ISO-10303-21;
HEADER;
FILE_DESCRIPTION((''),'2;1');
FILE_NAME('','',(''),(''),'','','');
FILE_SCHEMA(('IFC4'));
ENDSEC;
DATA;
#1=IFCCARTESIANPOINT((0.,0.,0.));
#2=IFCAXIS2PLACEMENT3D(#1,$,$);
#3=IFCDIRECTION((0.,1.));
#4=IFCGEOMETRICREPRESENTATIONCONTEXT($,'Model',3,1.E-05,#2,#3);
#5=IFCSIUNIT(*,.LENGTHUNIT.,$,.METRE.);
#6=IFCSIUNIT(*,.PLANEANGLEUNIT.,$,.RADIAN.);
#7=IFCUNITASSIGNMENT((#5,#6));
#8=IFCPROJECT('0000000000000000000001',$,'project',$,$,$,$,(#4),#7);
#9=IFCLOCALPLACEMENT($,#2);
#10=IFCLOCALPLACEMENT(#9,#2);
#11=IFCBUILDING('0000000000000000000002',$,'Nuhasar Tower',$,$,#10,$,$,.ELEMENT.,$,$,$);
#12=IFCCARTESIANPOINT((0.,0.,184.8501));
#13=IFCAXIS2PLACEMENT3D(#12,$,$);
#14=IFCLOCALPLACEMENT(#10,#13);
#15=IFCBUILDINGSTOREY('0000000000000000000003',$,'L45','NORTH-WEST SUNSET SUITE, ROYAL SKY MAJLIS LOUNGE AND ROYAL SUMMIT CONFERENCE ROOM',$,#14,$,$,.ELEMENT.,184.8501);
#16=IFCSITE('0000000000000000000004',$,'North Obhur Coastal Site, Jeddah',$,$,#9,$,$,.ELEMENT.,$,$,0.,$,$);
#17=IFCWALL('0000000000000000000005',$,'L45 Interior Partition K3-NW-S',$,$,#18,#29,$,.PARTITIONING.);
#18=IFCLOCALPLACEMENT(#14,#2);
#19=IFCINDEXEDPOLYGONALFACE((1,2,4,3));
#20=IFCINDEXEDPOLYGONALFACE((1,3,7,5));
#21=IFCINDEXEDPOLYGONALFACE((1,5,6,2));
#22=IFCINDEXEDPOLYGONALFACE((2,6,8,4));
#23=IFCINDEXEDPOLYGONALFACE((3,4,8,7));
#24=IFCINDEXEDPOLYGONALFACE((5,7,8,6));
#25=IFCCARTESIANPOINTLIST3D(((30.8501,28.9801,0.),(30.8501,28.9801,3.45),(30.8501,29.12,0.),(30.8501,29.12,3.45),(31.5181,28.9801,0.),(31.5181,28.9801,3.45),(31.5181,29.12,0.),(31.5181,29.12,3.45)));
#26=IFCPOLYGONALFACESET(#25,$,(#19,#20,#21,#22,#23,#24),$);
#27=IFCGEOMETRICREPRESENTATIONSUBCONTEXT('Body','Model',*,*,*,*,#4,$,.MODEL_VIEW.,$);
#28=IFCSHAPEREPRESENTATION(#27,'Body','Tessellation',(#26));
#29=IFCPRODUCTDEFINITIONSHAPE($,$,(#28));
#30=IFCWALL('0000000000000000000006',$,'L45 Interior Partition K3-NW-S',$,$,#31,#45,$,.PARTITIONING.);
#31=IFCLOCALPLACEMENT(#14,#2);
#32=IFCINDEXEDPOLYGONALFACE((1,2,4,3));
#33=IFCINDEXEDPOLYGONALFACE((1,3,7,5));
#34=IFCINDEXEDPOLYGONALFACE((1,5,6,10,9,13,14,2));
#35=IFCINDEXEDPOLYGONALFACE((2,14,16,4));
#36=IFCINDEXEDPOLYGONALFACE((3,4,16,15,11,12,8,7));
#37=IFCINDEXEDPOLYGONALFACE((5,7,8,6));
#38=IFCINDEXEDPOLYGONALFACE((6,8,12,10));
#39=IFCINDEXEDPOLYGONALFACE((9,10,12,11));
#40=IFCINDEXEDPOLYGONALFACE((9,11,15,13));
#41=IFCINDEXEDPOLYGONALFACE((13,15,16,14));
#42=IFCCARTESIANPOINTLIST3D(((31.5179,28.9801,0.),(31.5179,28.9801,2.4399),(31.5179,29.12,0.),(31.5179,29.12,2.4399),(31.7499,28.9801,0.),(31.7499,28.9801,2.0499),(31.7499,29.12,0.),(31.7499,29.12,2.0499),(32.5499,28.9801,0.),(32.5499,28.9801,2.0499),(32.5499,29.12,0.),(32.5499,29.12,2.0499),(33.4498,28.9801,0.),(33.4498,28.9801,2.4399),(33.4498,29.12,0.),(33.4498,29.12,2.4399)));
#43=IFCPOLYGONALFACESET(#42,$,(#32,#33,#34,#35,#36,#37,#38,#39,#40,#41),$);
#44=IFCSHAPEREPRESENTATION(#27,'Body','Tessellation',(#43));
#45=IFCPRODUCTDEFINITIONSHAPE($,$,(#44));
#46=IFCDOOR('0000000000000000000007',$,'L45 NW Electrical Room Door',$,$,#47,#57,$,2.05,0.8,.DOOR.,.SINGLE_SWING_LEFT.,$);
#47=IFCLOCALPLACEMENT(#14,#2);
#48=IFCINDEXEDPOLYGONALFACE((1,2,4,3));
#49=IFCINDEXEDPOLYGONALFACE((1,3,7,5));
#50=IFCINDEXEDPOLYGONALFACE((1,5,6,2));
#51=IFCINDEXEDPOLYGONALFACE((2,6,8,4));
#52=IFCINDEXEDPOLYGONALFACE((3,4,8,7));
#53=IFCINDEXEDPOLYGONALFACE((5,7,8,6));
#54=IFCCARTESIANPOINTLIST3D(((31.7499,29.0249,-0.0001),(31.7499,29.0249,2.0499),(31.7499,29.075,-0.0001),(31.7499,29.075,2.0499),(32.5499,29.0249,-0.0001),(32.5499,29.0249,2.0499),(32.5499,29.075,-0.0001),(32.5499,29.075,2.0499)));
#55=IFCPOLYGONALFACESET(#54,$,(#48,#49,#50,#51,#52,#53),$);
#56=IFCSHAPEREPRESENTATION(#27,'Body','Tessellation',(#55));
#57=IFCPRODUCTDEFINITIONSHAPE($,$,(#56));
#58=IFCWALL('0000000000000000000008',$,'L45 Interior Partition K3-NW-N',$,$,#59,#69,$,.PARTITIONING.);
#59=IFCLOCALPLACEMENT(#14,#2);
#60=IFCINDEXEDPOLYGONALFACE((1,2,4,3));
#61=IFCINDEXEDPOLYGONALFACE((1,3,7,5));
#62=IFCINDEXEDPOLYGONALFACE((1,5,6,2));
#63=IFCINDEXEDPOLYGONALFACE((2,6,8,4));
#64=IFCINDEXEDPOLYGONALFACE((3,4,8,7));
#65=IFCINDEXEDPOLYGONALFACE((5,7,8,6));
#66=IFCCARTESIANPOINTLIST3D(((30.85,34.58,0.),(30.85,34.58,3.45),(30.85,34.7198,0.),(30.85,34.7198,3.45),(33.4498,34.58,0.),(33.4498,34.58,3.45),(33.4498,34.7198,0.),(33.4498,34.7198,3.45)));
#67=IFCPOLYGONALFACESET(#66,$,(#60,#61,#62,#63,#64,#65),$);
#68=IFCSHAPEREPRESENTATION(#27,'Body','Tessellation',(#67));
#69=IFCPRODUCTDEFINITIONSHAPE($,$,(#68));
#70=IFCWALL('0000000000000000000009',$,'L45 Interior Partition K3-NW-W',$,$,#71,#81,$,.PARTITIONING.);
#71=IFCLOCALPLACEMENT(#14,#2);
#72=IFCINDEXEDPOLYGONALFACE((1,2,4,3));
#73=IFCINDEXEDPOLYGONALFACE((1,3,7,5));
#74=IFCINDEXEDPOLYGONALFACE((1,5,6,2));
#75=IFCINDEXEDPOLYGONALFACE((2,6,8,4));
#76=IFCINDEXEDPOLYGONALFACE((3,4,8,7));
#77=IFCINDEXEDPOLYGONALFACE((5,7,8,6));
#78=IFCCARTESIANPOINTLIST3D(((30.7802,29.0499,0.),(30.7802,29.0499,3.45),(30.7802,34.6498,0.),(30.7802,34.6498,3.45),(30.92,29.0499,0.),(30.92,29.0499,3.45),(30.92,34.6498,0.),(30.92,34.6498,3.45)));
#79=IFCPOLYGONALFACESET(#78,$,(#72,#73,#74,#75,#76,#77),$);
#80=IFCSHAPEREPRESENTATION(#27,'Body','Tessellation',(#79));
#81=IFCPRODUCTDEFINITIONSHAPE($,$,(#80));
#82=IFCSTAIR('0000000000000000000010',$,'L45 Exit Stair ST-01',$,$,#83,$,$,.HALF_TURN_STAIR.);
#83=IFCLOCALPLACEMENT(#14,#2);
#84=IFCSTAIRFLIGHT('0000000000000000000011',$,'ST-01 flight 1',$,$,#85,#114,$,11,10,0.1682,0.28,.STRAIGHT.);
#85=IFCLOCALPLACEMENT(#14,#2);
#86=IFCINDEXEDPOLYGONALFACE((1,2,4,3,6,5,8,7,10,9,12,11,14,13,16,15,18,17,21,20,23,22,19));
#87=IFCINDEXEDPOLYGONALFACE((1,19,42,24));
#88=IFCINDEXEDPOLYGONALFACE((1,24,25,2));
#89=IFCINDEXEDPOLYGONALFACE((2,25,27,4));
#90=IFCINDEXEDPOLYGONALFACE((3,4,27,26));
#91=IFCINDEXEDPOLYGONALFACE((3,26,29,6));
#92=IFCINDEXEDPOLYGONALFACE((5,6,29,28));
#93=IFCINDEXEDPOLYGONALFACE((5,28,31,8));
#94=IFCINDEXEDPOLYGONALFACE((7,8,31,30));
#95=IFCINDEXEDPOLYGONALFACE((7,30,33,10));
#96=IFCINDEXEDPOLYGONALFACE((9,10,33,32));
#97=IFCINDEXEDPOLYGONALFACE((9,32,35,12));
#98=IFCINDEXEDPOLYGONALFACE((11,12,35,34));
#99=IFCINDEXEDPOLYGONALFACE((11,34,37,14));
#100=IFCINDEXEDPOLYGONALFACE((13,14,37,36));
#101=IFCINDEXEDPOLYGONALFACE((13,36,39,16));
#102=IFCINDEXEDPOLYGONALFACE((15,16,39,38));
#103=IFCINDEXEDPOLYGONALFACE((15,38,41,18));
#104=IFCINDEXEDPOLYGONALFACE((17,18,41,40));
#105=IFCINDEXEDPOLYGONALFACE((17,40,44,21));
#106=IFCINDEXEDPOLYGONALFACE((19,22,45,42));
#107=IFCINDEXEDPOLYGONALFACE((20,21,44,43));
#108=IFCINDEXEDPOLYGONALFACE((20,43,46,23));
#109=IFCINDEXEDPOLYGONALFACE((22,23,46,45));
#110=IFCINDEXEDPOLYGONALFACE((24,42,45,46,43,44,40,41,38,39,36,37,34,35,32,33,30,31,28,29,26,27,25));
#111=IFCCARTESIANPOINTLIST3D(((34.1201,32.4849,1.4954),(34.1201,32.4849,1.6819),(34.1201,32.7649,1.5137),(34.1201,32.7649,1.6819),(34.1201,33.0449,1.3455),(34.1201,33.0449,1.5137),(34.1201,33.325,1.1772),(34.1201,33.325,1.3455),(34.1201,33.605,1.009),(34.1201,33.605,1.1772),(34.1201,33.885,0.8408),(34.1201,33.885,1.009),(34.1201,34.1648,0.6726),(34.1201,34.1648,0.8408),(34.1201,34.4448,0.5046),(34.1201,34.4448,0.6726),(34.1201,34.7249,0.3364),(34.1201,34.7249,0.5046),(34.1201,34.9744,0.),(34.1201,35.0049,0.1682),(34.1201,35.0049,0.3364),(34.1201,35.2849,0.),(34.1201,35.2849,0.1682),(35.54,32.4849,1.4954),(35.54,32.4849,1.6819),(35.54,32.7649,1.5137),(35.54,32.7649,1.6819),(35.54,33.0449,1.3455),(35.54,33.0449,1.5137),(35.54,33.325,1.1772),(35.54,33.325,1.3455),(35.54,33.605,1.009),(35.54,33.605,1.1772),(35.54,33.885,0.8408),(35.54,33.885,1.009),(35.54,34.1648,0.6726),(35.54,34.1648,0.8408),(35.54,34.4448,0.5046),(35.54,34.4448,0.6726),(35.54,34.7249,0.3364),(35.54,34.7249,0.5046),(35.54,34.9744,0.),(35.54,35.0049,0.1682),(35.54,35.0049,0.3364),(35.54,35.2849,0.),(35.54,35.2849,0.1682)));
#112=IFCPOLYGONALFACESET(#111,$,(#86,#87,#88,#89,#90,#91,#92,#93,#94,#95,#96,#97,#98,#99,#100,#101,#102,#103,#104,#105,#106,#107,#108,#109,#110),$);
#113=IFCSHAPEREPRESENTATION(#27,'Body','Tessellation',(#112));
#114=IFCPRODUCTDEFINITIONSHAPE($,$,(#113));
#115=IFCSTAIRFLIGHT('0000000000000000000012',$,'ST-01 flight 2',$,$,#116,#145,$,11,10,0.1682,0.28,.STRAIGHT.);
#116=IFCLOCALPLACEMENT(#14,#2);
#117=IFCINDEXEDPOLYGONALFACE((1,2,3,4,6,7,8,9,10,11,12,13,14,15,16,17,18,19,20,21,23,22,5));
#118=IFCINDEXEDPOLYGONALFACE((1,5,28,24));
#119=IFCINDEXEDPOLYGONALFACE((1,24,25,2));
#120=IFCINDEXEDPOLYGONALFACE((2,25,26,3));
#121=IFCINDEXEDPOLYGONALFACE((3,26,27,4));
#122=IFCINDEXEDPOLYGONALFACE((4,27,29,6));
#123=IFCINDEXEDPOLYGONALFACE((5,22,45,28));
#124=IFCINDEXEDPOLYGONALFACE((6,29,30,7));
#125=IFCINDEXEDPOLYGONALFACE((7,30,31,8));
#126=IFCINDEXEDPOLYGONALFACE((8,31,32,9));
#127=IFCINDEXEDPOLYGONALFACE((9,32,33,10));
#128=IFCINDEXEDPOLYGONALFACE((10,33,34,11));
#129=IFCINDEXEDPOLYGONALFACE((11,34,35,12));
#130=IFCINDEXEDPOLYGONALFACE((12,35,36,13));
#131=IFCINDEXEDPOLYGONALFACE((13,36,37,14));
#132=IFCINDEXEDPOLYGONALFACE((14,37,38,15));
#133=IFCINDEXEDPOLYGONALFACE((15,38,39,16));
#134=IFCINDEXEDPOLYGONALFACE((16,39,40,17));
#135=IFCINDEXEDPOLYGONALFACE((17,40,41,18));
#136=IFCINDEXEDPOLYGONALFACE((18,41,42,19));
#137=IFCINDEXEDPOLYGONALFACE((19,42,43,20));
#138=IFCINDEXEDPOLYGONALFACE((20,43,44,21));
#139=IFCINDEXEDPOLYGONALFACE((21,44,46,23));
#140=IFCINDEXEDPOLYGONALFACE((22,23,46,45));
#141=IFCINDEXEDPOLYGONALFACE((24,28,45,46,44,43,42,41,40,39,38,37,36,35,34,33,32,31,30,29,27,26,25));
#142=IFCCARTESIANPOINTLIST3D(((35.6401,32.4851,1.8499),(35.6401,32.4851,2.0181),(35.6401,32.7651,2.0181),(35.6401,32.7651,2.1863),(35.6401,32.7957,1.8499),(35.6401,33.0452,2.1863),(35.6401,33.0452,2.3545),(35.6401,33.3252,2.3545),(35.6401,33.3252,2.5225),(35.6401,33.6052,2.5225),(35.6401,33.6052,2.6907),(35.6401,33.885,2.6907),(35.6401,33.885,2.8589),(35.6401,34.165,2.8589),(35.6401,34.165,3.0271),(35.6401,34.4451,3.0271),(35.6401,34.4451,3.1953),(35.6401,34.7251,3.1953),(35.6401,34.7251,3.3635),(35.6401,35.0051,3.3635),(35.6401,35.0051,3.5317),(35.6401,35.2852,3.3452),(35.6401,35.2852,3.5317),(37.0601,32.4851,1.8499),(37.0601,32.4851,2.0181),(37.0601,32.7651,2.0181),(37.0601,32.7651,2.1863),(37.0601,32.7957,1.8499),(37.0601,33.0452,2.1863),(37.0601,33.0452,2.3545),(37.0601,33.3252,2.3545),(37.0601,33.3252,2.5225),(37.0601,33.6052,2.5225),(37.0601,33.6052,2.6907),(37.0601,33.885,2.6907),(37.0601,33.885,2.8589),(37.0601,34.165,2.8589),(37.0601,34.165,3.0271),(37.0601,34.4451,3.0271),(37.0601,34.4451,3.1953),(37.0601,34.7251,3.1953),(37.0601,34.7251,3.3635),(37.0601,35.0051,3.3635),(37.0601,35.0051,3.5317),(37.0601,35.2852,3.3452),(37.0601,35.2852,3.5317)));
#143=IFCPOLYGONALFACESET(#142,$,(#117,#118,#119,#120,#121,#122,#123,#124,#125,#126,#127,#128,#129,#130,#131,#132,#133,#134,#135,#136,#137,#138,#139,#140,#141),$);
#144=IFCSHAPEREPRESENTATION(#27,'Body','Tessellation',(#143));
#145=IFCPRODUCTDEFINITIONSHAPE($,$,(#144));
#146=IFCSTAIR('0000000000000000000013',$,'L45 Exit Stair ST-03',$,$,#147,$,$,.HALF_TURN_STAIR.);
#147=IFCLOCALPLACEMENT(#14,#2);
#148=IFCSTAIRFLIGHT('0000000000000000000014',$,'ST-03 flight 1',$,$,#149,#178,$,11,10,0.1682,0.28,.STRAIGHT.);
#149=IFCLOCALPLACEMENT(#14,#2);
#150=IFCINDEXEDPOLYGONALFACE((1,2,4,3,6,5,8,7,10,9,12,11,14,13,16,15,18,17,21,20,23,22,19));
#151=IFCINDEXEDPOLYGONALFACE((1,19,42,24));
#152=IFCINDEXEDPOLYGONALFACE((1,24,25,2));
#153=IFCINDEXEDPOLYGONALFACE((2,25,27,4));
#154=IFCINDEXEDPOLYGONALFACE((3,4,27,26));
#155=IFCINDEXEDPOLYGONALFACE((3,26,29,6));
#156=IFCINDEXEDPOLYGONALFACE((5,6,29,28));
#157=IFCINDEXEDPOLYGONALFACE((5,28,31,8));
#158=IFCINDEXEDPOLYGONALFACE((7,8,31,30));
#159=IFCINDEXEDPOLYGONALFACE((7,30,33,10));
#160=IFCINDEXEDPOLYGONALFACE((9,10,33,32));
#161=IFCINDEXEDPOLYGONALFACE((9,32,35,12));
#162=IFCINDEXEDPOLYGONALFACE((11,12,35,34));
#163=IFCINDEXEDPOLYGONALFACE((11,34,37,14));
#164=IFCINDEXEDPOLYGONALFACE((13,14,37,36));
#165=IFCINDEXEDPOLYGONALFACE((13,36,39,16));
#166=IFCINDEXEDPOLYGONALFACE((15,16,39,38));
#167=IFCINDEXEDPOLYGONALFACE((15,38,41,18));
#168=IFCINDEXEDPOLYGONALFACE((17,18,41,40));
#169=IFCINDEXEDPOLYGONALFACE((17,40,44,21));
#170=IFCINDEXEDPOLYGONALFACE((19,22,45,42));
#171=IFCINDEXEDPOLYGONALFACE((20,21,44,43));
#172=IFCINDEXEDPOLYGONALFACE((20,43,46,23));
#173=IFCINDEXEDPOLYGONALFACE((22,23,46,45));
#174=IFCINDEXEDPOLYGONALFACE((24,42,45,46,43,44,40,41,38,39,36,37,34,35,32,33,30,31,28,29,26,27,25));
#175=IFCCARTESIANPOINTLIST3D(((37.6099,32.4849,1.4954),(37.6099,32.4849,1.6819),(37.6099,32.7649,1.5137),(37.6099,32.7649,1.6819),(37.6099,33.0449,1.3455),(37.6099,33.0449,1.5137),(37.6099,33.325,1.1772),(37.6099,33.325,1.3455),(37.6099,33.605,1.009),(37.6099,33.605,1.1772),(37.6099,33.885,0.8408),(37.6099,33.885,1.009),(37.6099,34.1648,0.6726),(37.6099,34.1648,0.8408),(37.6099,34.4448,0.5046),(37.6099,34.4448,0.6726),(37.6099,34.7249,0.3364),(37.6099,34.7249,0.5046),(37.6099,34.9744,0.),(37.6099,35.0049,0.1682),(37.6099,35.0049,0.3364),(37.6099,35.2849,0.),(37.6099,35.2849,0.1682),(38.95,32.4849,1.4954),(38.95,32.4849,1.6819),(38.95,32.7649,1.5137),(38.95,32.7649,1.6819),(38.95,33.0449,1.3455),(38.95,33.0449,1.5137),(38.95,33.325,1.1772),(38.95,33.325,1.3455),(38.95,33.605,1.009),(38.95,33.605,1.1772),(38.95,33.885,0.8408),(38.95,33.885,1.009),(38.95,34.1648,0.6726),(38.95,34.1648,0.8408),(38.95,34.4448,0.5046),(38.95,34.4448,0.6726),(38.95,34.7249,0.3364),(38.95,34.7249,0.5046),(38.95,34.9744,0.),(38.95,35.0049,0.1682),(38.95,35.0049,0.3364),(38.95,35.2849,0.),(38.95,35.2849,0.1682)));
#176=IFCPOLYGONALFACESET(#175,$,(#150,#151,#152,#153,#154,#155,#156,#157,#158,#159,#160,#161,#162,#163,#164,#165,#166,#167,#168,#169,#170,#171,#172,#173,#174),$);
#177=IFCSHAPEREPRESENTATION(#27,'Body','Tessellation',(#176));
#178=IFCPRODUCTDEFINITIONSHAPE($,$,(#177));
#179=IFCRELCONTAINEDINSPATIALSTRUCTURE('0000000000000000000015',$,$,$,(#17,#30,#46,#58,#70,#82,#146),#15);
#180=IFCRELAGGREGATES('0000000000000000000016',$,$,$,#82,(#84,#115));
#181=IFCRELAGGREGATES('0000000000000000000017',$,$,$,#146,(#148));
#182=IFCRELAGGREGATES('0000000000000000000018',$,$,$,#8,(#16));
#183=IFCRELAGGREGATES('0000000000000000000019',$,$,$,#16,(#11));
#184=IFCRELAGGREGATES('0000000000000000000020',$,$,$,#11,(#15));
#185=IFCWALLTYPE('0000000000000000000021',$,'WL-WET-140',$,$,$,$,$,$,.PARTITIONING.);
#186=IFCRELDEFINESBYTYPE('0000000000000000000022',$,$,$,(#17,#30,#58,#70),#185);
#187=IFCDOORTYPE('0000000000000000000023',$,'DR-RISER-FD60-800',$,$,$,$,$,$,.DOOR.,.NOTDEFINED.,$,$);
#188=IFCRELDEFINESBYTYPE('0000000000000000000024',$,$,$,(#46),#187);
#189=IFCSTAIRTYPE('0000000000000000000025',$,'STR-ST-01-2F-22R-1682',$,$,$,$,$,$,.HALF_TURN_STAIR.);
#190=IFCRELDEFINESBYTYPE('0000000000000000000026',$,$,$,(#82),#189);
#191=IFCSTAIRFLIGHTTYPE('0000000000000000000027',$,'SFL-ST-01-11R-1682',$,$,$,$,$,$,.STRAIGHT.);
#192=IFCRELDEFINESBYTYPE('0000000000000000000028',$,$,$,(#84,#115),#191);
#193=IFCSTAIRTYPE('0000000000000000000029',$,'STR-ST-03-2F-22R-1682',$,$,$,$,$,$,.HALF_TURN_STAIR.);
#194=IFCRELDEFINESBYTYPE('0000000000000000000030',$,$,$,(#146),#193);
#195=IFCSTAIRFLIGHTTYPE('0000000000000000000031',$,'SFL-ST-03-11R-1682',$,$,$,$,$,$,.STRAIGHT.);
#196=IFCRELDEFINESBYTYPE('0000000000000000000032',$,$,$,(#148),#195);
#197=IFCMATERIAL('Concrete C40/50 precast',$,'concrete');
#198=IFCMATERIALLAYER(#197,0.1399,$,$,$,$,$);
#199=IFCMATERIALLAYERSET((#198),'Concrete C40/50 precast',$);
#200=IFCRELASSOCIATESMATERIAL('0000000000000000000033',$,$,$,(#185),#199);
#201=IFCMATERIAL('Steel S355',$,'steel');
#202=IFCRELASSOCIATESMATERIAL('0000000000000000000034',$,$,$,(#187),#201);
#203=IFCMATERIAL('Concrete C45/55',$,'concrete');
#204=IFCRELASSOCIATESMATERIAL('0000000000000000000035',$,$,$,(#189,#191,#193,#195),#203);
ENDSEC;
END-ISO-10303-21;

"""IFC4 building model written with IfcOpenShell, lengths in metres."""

from ifc_helpers import new_model, si_unit, direction, frame, frame_2d, origin, place, context, subcontext, project, spatial, polyline, rectangle, outline, extrude, material, layer, layer_set, type_object, element, fill, aggregate, save


model = new_model("IFC4")

# Units and contexts
model_context = context("Model", 3, precision=1e-05, world=origin(), true_north=direction((0.0, 1.0)))
body_context = subcontext(model_context, "Body", "Model", "MODEL_VIEW")
ifc_project = project(units=[si_unit("LENGTHUNIT", "METRE"), si_unit("PLANEANGLEUNIT", "RADIAN")], contexts=[model_context])

# Site, building, storey
site_placement = place(None, origin())
site = spatial("IfcSite", under=ifc_project, at=site_placement, Name="North Obhur Coastal Site, Jeddah", CompositionType="ELEMENT", RefElevation=0.0)
building_placement = place(site_placement, origin())
building = spatial("IfcBuilding", under=site, at=building_placement, Name="Nuhasar Tower", CompositionType="ELEMENT")
storey_placement = place(building_placement, frame((0.0, 0.0, 184.8501)))
storey = spatial("IfcBuildingStorey", under=building, at=storey_placement, Name="L45", Description="NORTH-WEST SUNSET SUITE, ROYAL SKY MAJLIS LOUNGE AND ROYAL SUMMIT CONFERENCE ROOM", CompositionType="ELEMENT", Elevation=184.8501)

# Shared definitions
ifc_material_1 = material(Name="Steel S355", Category="steel")

# Shared definitions
ifc_material_2 = material(Name="Concrete C40/50 precast", Category="concrete")
ifc_layer_1 = layer(ifc_material_2, 0.1399)
ifc_layer_set_1 = layer_set([ifc_layer_1], Name="Concrete C40/50 precast")
wall_type_1 = type_object("IfcWallType", Name="WL-WET-140", PredefinedType="PARTITIONING", material=ifc_layer_set_1)

# Wall
wall_1_placement = place(storey_placement, frame((30.8501, 29.05, 0.0), z_axis=(0.0, 0.0, 1.0), x_axis=(1.0, 0.0, 0.0)))
element("IfcWall", 1, at=wall_1_placement, inside=storey, type_object=wall_type_1, Name="L45 Interior Partition K3-NW-S", PredefinedType="PARTITIONING", context=body_context, shape_type="SweptSolid", body=[
    extrude(rectangle(XDim=0.668, YDim=0.1399, at=frame_2d((0.334, 0.0))), origin(), (0.0, 0.0, 1.0), 3.45),
])

# Wall, opening, door
wall_2_placement = place(storey_placement, frame((31.5181, 29.05, 0.0), z_axis=(0.0, 0.0, 1.0), x_axis=(1.0, 0.0, 0.0)))
wall_2 = element("IfcWall", 2, at=wall_2_placement, inside=storey, type_object=wall_type_1, Name="L45 Interior Partition K3-NW-S", PredefinedType="PARTITIONING", context=body_context, shape_type="SweptSolid", body=[
    extrude(rectangle(XDim=1.9319, YDim=0.1399, at=frame_2d((0.9658, 0.0))), origin(), (0.0, 0.0, 1.0), 2.4399),
])
opening_1_placement = place(wall_2_placement, frame((0.2319, 0.0, 0.0)))
opening_1 = element("IfcOpeningElement", 3, at=opening_1_placement, cuts=wall_2, PredefinedType="OPENING", context=body_context, shape_type="SweptSolid", body=[
    extrude(rectangle(XDim=0.8, YDim=2.05, at=frame_2d((0.3999, 1.0249))), frame((0.0, 0.0801, 0.0), z_axis=(0.0, -1.0, 0.0), x_axis=(1.0, 0.0, 0.0)), (0.0, 0.0, 1.0), 0.1599),
])
door_type_1 = type_object("IfcDoorType", Name="DR-RISER-FD60-800", OperationType="NOTDEFINED", PredefinedType="DOOR", material=ifc_material_1)
door_1_placement = place(opening_1_placement, origin())
door_1 = element("IfcDoor", 4, at=door_1_placement, inside=storey, type_object=door_type_1, Name="L45 NW Electrical Room Door", OperationType="SINGLE_SWING_LEFT", OverallHeight=2.05, OverallWidth=0.8, PredefinedType="DOOR", context=body_context, shape_type="SweptSolid", body=[
    extrude(rectangle(XDim=0.8, YDim=2.05, at=frame_2d((0.3999, 1.0249))), frame((0.0, 0.0249, 0.0), z_axis=(0.0, -1.0, 0.0), x_axis=(1.0, 0.0, 0.0)), (0.0, 0.0, 1.0), 0.05),
])
fill(opening_1, door_1)

# Walls
wall_3_placement = place(storey_placement, frame((30.8501, 34.6499, 0.0), z_axis=(0.0, 0.0, 1.0), x_axis=(1.0, 0.0, 0.0)))
element("IfcWall", 5, at=wall_3_placement, inside=storey, type_object=wall_type_1, Name="L45 Interior Partition K3-NW-N", PredefinedType="PARTITIONING", context=body_context, shape_type="SweptSolid", body=[
    extrude(rectangle(XDim=2.5999, YDim=0.1399, at=frame_2d((1.2998, 0.0))), origin(), (0.0, 0.0, 1.0), 3.45),
])
wall_4_placement = place(storey_placement, frame((30.8501, 29.05, 0.0), z_axis=(0.0, 0.0, 1.0), x_axis=(0.0, 1.0, 0.0)))
element("IfcWall", 6, at=wall_4_placement, inside=storey, type_object=wall_type_1, Name="L45 Interior Partition K3-NW-W", PredefinedType="PARTITIONING", context=body_context, shape_type="SweptSolid", body=[
    extrude(rectangle(XDim=5.5999, YDim=0.1399, at=frame_2d((2.7998, 0.0))), origin(), (0.0, 0.0, 1.0), 3.45),
])

# Stair, stair flights
ifc_material_3 = material(Name="Concrete C45/55", Category="concrete")
stair_type_1 = type_object("IfcStairType", Name="STR-ST-01-2F-22R-1682", PredefinedType="HALF_TURN_STAIR", material=ifc_material_3)
stair_1_placement = place(storey_placement, origin())
stair_1 = element("IfcStair", 7, at=stair_1_placement, inside=storey, type_object=stair_type_1, Name="L45 Exit Stair ST-01", PredefinedType="HALF_TURN_STAIR")
stair_flight_type_1 = type_object("IfcStairFlightType", Name="SFL-ST-01-11R-1682", PredefinedType="STRAIGHT", material=ifc_material_3)
stair_flight_1_placement = place(storey_placement, frame((34.8301, 35.2849, 0.0), z_axis=(0.0, 0.0, 1.0), x_axis=(0.0, -1.0, 0.0)))
stair_flight_1 = element("IfcStairFlight", 8, at=stair_flight_1_placement, type_object=stair_flight_type_1, Name="ST-01 flight 1", NumberOfRisers=11, NumberOfTreads=10, PredefinedType="STRAIGHT", RiserHeight=0.1682, TreadLength=0.28, context=body_context, shape_type="SweptSolid", body=[
    extrude(outline(polyline([(0.0, 0.0), (0.0, 0.1682), (0.28, 0.1682), (0.28, 0.3364), (0.5601, 0.3364), (0.5601, 0.5046), (0.8401, 0.5046), (0.8401, 0.6726), (1.1201, 0.6726), (1.1201, 0.8408), (1.3999, 0.8408), (1.3999, 1.009), (1.6799, 1.009), (1.6799, 1.1772), (1.96, 1.1772), (1.96, 1.3455), (2.24, 1.3455), (2.24, 1.5137), (2.52, 1.5137), (2.52, 1.6819), (2.8, 1.6819), (2.8, 1.8501), (2.8, 1.4954), (0.3105, 0.0), (0.0, 0.0)])), frame((0.0, 0.71, 0.0), z_axis=(0.0, -1.0, 0.0), x_axis=(1.0, 0.0, 0.0)), (0.0, 0.0, 1.0), 1.4199),
])
stair_flight_2_placement = place(storey_placement, frame((36.3501, 32.4851, 1.8499), z_axis=(0.0, 0.0, 1.0), x_axis=(0.0, 1.0, 0.0)))
stair_flight_2 = element("IfcStairFlight", 9, at=stair_flight_2_placement, type_object=stair_flight_type_1, Name="ST-01 flight 2", NumberOfRisers=11, NumberOfTreads=10, PredefinedType="STRAIGHT", RiserHeight=0.1682, TreadLength=0.28, context=body_context, shape_type="SweptSolid", body=[
    extrude(outline(polyline([(0.0, 0.0), (0.0, 0.1682), (0.28, 0.1682), (0.28, 0.3364), (0.5601, 0.3364), (0.5601, 0.5046), (0.8401, 0.5046), (0.8401, 0.6726), (1.1201, 0.6726), (1.1201, 0.8408), (1.3999, 0.8408), (1.3999, 1.009), (1.6799, 1.009), (1.6799, 1.1772), (1.96, 1.1772), (1.96, 1.3455), (2.24, 1.3455), (2.24, 1.5137), (2.52, 1.5137), (2.52, 1.6819), (2.8, 1.6819), (2.8, 1.8501), (2.8, 1.4954), (0.3105, 0.0), (0.0, 0.0)])), frame((0.0, 0.71, 0.0), z_axis=(0.0, -1.0, 0.0), x_axis=(1.0, 0.0, 0.0)), (0.0, 0.0, 1.0), 1.4199),
])
aggregate(stair_1, [stair_flight_1, stair_flight_2])

# Stair, stair flight
stair_type_2 = type_object("IfcStairType", Name="STR-ST-03-2F-22R-1682", PredefinedType="HALF_TURN_STAIR", material=ifc_material_3)
stair_2_placement = place(storey_placement, origin())
stair_2 = element("IfcStair", 10, at=stair_2_placement, inside=storey, type_object=stair_type_2, Name="L45 Exit Stair ST-03", PredefinedType="HALF_TURN_STAIR")
stair_flight_type_2 = type_object("IfcStairFlightType", Name="SFL-ST-03-11R-1682", PredefinedType="STRAIGHT", material=ifc_material_3)
stair_flight_3_placement = place(storey_placement, frame((38.28, 35.2849, 0.0), z_axis=(0.0, 0.0, 1.0), x_axis=(0.0, -1.0, 0.0)))
stair_flight_3 = element("IfcStairFlight", 11, at=stair_flight_3_placement, type_object=stair_flight_type_2, Name="ST-03 flight 1", NumberOfRisers=11, NumberOfTreads=10, PredefinedType="STRAIGHT", RiserHeight=0.1682, TreadLength=0.28, context=body_context, shape_type="SweptSolid", body=[
    extrude(outline(polyline([(0.0, 0.0), (0.0, 0.1682), (0.28, 0.1682), (0.28, 0.3364), (0.5601, 0.3364), (0.5601, 0.5046), (0.8401, 0.5046), (0.8401, 0.6726), (1.1201, 0.6726), (1.1201, 0.8408), (1.3999, 0.8408), (1.3999, 1.009), (1.6799, 1.009), (1.6799, 1.1772), (1.96, 1.1772), (1.96, 1.3455), (2.24, 1.3455), (2.24, 1.5137), (2.52, 1.5137), (2.52, 1.6819), (2.8, 1.6819), (2.8, 1.8501), (2.8, 1.4954), (0.3105, 0.0), (0.0, 0.0)])), frame((0.0, 0.6699, 0.0), z_axis=(0.0, -1.0, 0.0), x_axis=(1.0, 0.0, 0.0)), (0.0, 0.0, 1.0), 1.3401),
])
aggregate(stair_2, [stair_flight_3])

save(model, "model.ifc")
